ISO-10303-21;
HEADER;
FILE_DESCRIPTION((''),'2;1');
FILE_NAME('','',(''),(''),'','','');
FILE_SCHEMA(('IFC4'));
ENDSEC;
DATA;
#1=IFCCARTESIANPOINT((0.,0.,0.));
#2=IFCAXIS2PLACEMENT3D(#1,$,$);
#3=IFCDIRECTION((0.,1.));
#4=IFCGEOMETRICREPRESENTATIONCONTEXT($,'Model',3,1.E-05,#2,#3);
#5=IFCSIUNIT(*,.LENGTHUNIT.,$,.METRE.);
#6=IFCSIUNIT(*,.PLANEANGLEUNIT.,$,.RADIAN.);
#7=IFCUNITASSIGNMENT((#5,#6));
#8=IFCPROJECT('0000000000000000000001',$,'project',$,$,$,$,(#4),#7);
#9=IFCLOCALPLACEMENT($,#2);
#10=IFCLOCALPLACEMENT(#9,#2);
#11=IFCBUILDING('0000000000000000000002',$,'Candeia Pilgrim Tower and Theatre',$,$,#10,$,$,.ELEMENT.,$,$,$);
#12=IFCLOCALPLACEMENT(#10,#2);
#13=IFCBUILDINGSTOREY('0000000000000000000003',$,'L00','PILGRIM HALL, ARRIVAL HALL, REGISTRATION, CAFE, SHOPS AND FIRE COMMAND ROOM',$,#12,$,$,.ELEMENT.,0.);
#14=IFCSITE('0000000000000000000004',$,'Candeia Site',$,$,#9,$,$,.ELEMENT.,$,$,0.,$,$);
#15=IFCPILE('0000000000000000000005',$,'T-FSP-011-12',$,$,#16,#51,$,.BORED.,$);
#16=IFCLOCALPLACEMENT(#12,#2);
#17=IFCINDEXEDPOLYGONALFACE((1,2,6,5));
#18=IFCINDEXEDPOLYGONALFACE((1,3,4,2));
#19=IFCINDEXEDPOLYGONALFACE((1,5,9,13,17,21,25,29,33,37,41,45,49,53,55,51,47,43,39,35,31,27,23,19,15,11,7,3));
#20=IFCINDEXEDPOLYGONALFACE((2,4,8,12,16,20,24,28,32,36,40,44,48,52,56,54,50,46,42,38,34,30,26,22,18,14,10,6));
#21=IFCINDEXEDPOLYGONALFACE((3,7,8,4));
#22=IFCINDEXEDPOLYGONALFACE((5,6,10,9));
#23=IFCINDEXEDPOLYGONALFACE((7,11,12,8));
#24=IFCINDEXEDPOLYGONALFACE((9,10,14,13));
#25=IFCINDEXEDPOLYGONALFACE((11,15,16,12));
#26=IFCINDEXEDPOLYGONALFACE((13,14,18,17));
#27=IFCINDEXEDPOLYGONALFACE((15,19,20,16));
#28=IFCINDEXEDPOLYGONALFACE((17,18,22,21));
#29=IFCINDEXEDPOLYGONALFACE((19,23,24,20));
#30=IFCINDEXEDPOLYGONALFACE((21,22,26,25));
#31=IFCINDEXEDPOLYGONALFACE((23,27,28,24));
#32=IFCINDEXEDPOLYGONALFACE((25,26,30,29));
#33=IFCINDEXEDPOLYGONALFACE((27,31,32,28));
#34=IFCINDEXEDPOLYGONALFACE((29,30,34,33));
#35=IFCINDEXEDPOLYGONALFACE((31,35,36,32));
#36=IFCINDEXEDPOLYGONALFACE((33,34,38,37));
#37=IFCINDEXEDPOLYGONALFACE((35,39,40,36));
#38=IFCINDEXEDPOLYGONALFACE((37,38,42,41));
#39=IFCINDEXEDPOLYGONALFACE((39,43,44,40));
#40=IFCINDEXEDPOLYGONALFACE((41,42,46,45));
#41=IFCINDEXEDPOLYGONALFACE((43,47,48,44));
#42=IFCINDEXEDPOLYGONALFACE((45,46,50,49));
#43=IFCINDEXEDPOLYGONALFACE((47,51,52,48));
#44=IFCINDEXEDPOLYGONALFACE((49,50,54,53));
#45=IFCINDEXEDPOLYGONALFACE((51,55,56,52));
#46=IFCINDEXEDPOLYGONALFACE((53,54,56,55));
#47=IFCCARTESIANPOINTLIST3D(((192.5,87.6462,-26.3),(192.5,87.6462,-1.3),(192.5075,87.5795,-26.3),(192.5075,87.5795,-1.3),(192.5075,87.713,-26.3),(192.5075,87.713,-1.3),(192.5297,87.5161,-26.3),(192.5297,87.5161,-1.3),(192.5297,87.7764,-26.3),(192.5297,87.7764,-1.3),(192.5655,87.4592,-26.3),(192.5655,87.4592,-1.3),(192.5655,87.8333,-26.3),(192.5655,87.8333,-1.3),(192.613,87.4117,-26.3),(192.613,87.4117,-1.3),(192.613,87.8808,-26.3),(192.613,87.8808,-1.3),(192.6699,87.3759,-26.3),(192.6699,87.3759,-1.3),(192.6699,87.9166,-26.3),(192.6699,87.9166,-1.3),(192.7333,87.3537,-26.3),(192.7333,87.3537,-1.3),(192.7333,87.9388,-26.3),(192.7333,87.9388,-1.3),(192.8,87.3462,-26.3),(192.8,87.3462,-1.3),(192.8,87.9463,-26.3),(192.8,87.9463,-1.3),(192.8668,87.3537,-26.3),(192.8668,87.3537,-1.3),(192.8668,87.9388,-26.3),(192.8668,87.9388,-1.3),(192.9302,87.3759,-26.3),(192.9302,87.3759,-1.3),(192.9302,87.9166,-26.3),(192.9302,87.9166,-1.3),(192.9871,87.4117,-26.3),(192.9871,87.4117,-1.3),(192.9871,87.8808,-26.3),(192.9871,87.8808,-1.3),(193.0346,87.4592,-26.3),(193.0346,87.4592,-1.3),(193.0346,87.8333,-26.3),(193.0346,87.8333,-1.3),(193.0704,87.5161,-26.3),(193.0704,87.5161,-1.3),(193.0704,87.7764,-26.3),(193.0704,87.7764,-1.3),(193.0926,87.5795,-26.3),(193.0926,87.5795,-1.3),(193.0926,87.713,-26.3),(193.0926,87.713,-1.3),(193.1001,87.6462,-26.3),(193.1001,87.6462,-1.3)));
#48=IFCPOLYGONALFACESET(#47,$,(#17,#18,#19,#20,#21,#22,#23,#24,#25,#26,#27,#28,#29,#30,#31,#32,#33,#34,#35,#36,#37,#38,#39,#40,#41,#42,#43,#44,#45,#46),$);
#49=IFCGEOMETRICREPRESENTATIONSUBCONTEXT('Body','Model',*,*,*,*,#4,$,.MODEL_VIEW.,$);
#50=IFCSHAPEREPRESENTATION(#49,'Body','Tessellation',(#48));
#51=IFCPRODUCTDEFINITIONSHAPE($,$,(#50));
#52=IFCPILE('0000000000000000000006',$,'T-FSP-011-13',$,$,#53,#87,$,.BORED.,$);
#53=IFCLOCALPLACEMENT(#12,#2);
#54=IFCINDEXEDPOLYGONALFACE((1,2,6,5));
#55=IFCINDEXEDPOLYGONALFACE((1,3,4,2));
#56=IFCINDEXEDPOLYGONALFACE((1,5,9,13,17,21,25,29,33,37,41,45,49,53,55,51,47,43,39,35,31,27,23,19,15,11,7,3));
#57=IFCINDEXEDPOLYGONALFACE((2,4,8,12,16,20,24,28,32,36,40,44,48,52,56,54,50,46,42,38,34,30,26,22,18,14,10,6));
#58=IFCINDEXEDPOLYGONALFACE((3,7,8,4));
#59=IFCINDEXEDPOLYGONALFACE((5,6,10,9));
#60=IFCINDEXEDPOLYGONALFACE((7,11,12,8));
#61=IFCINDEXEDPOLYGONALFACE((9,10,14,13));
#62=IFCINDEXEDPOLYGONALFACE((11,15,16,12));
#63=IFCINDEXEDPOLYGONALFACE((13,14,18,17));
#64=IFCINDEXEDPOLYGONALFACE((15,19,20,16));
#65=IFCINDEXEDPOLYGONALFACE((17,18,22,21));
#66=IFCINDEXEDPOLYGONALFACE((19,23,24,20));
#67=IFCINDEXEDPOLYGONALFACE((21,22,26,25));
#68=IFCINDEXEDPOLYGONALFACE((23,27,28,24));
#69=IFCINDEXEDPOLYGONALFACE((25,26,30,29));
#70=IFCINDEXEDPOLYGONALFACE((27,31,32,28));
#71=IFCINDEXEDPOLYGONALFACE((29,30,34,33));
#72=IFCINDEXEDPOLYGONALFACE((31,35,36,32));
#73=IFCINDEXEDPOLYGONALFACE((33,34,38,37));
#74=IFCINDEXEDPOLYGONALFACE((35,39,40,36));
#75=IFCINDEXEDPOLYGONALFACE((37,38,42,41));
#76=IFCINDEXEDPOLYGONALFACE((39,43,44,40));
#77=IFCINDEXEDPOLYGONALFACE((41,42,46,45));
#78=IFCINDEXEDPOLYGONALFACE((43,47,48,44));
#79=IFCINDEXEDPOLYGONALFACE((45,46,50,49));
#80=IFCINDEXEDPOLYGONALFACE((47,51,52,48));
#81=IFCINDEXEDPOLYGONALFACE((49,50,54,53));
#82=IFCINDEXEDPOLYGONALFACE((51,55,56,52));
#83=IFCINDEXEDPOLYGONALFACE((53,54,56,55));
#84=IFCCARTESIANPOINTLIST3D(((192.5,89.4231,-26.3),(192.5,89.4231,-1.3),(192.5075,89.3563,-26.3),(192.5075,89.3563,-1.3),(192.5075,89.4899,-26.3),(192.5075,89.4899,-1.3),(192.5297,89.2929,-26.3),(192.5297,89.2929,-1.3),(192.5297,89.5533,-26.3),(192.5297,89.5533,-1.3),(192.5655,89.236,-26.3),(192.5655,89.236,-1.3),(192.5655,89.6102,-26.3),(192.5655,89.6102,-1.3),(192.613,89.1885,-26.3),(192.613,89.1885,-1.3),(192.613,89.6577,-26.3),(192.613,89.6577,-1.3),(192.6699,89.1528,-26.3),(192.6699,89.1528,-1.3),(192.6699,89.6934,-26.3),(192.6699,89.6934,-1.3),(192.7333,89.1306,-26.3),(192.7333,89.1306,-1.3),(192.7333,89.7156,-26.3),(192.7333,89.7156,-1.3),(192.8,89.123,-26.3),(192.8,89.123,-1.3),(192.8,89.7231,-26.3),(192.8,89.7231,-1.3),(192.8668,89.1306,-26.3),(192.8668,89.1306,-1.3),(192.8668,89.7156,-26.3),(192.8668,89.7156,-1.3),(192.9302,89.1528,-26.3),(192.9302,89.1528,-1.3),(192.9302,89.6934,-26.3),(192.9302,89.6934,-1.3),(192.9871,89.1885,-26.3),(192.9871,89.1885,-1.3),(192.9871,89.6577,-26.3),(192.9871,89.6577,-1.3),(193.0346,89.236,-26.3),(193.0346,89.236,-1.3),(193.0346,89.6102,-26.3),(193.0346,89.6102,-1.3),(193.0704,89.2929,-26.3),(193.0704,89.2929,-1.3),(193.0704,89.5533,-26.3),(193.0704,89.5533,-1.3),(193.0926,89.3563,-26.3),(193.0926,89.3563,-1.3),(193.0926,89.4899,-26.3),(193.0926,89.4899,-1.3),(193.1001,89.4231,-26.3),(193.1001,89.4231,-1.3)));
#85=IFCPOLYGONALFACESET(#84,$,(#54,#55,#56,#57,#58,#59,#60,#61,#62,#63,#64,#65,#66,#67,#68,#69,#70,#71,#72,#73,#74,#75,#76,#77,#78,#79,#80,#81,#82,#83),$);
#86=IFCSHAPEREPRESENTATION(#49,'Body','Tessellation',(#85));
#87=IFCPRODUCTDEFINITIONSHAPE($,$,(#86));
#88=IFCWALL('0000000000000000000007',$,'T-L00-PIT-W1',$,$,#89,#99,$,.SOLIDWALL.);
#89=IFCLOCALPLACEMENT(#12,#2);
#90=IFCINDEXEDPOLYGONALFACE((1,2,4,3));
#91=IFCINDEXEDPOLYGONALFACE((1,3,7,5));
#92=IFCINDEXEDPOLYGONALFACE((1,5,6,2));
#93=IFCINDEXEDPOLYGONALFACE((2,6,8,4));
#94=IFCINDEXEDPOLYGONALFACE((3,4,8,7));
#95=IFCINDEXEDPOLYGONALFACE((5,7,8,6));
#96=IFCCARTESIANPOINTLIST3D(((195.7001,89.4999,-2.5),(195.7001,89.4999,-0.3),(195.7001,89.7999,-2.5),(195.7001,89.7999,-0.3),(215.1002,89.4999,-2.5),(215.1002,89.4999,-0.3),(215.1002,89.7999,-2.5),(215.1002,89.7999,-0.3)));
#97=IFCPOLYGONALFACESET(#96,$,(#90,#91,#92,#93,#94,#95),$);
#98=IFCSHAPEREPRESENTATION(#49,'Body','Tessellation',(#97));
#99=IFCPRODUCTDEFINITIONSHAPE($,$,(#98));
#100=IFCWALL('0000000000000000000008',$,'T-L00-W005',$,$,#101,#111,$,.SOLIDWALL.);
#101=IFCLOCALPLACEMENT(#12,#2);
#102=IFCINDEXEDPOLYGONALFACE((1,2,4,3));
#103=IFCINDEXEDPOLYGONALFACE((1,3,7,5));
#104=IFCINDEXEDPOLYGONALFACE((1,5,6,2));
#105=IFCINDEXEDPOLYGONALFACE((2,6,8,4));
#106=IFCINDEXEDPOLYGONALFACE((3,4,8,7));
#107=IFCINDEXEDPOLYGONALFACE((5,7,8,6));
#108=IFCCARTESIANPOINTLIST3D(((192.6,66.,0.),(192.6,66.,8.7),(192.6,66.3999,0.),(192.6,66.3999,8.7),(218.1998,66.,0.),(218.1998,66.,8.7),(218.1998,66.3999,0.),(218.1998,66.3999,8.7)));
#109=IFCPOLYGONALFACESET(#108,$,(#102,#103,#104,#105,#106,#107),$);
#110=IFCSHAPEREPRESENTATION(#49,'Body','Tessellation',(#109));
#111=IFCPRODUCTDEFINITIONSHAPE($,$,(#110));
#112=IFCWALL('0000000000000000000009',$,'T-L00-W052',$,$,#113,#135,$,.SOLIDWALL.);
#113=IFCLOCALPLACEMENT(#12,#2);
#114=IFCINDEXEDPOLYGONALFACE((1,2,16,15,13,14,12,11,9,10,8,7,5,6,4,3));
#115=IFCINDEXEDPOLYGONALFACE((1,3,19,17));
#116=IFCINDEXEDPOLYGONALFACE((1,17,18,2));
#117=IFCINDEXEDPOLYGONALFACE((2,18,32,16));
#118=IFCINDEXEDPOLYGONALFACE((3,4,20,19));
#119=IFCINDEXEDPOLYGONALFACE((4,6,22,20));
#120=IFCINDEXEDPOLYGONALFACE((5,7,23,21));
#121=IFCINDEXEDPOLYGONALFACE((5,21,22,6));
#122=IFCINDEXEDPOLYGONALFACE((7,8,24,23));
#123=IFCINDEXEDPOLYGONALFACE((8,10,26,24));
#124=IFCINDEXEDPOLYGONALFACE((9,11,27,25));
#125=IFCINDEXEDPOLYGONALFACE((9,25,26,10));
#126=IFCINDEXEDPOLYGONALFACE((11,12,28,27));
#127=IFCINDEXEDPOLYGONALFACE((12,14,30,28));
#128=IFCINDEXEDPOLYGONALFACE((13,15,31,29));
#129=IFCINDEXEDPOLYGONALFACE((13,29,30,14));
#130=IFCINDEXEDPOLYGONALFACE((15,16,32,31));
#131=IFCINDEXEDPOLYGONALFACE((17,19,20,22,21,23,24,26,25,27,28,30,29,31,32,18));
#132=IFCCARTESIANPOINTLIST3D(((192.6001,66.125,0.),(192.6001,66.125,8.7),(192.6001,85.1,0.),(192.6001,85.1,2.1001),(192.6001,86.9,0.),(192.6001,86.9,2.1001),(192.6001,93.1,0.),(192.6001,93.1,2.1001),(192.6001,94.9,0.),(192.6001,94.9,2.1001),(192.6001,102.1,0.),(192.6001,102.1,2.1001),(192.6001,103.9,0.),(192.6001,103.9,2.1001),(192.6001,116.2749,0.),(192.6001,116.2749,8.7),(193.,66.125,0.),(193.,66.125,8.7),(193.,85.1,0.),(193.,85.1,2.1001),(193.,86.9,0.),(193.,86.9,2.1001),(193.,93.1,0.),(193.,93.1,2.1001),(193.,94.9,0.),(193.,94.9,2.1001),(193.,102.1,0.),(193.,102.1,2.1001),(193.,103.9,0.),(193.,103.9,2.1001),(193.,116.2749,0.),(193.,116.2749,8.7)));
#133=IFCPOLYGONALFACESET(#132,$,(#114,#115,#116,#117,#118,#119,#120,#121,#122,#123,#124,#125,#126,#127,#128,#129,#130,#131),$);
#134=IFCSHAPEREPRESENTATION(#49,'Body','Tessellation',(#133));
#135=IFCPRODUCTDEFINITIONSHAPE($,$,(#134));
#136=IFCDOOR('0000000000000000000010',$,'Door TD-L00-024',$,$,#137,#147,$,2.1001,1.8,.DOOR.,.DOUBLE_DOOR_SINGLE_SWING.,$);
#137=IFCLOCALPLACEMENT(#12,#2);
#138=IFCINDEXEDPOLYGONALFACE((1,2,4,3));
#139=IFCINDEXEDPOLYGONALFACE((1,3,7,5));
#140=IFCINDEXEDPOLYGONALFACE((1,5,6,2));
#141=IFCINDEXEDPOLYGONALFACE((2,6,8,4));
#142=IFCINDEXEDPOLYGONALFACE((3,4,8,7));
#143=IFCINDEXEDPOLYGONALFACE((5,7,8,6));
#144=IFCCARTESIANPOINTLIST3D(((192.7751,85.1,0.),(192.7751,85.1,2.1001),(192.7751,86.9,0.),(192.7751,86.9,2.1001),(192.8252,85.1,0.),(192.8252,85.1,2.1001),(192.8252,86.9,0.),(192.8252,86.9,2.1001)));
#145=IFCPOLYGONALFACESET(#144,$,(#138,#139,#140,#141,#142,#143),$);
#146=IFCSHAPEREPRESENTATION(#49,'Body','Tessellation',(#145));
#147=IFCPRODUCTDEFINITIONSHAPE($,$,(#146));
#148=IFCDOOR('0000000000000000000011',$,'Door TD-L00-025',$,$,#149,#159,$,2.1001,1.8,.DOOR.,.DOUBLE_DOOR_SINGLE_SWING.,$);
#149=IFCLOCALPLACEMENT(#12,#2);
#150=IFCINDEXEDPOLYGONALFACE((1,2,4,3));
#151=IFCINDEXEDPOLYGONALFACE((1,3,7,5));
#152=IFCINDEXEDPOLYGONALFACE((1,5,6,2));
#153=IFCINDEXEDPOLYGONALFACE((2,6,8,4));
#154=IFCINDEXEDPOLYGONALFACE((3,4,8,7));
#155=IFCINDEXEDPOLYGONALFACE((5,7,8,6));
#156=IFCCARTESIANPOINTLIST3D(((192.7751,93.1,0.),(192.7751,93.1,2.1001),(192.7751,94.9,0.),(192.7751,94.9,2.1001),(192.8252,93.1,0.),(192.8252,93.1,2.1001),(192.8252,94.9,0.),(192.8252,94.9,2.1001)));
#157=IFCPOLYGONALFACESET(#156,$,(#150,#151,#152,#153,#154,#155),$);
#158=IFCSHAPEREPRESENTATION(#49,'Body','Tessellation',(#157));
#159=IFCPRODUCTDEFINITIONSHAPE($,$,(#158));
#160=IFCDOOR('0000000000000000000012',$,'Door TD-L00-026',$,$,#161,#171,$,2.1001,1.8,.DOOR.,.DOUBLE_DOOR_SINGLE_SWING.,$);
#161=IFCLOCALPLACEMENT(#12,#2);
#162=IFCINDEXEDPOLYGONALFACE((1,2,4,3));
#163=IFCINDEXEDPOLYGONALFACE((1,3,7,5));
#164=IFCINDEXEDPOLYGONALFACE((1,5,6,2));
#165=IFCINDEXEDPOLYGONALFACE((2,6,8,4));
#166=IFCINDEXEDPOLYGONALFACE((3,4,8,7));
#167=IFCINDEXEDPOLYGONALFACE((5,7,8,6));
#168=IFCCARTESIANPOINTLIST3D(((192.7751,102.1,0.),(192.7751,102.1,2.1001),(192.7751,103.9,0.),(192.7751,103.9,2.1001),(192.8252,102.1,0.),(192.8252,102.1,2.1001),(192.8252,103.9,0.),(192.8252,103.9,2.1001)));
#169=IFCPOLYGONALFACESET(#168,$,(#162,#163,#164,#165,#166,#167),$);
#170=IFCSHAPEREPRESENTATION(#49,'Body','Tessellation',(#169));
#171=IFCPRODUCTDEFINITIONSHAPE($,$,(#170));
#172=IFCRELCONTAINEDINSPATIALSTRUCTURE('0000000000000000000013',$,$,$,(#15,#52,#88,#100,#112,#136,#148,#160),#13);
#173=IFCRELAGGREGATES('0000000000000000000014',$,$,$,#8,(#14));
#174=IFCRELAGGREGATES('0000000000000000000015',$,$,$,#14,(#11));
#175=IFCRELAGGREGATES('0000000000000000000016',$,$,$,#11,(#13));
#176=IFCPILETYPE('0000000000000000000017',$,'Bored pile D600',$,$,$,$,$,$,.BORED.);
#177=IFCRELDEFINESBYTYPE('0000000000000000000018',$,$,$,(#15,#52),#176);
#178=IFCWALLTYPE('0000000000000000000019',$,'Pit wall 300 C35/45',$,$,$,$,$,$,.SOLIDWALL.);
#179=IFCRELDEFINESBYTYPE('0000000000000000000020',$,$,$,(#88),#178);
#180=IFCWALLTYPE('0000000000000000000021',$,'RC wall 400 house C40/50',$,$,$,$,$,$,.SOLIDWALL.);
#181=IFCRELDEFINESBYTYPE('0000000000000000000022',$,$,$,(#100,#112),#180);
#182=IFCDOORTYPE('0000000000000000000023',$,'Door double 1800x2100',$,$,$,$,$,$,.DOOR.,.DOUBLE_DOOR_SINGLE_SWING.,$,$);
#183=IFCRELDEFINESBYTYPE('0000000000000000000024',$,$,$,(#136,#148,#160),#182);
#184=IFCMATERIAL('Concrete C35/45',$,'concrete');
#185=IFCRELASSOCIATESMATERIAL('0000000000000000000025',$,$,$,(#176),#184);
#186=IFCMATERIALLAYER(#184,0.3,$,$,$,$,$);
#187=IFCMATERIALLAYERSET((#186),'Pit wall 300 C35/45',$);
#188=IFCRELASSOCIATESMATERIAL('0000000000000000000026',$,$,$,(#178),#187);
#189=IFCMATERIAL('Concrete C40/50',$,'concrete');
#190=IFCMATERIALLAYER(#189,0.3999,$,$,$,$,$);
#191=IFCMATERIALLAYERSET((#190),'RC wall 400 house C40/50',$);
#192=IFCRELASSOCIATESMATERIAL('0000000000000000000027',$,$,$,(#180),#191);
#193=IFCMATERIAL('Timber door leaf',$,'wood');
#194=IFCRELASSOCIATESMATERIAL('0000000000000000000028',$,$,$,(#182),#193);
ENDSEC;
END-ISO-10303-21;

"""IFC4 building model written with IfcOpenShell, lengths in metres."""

from ifc_helpers import new_model, si_unit, direction, frame, frame_2d, origin, origin_2d, place, context, subcontext, project, spatial, rectangle, circle, extrude, material, layer, layer_set, type_object, element, fill, save


model = new_model("IFC4")

# Units and contexts
model_context = context("Model", 3, precision=1e-05, world=origin(), true_north=direction((0.0, 1.0)))
body_context = subcontext(model_context, "Body", "Model", "MODEL_VIEW")
ifc_project = project(units=[si_unit("LENGTHUNIT", "METRE"), si_unit("PLANEANGLEUNIT", "RADIAN")], contexts=[model_context])

# Site, building, storey
site_placement = place(None, origin())
site = spatial("IfcSite", under=ifc_project, at=site_placement, Name="Candeia Site", CompositionType="ELEMENT", RefElevation=0.0)
building_placement = place(site_placement, origin())
building = spatial("IfcBuilding", under=site, at=building_placement, Name="Candeia Pilgrim Tower and Theatre", CompositionType="ELEMENT")
storey_placement = place(building_placement, origin())
storey = spatial("IfcBuildingStorey", under=building, at=storey_placement, Name="L00", Description="PILGRIM HALL, ARRIVAL HALL, REGISTRATION, CAFE, SHOPS AND FIRE COMMAND ROOM", CompositionType="ELEMENT", Elevation=0.0)

# Piles
ifc_material_1 = material(Name="Concrete C35/45", Category="concrete")
pile_type = type_object("IfcPileType", Name="Bored pile D600", PredefinedType="BORED", material=ifc_material_1)
for number, where, z_axis, x_axis, name in (
    (1, (192.8, 87.6462, -1.3), (0.0, 0.0, -1.0), (1.0, 0.0, 0.0), "T-FSP-011-12"),
    (2, (192.8, 89.4231, -1.3), (0.0, 0.0, -1.0), (1.0, 0.0, 0.0), "T-FSP-011-13"),
):
    element("IfcPile", number, at=place(storey_placement, frame(where, z_axis=z_axis, x_axis=x_axis)), inside=storey, type_object=pile_type, Name=name, PredefinedType="BORED", context=body_context, shape_type="SweptSolid", body=[
        extrude(circle(Radius=0.3, at=origin_2d()), origin(), (0.0, 0.0, 1.0), 25.0),
    ])

# Walls
ifc_layer_1 = layer(ifc_material_1, 0.3)
ifc_layer_set_1 = layer_set([ifc_layer_1], Name="Pit wall 300 C35/45")
wall_type_1 = type_object("IfcWallType", Name="Pit wall 300 C35/45", PredefinedType="SOLIDWALL", material=ifc_layer_set_1)
wall_1_placement = place(storey_placement, frame((195.7, 89.6499, -2.5), z_axis=(0.0, 0.0, 1.0), x_axis=(1.0, 0.0, 0.0)))
element("IfcWall", 3, at=wall_1_placement, inside=storey, type_object=wall_type_1, Name="T-L00-PIT-W1", PredefinedType="SOLIDWALL", context=body_context, shape_type="SweptSolid", body=[
    extrude(rectangle(XDim=19.4001, YDim=0.3, at=frame_2d((9.7002, 0.0))), origin(), (0.0, 0.0, 1.0), 2.2),
])
ifc_material_2 = material(Name="Concrete C40/50", Category="concrete")
ifc_layer_2 = layer(ifc_material_2, 0.3999)
ifc_layer_set_2 = layer_set([ifc_layer_2], Name="RC wall 400 house C40/50")
wall_type_2 = type_object("IfcWallType", Name="RC wall 400 house C40/50", PredefinedType="SOLIDWALL", material=ifc_layer_set_2)
wall_2_placement = place(storey_placement, frame((192.6001, 66.2, 0.0), z_axis=(0.0, 0.0, 1.0), x_axis=(1.0, 0.0, 0.0)))
element("IfcWall", 4, at=wall_2_placement, inside=storey, type_object=wall_type_2, Name="T-L00-W005", PredefinedType="SOLIDWALL", context=body_context, shape_type="SweptSolid", body=[
    extrude(rectangle(XDim=25.5999, YDim=0.3999, at=frame_2d((12.7998, 0.0))), origin(), (0.0, 0.0, 1.0), 8.7),
])

# Wall, openings, doors
wall_3_placement = place(storey_placement, frame((192.8, 66.125, 0.0), z_axis=(0.0, 0.0, 1.0), x_axis=(0.0, 1.0, 0.0)))
wall_3 = element("IfcWall", 5, at=wall_3_placement, inside=storey, type_object=wall_type_2, Name="T-L00-W052", PredefinedType="SOLIDWALL", context=body_context, shape_type="SweptSolid", body=[
    extrude(rectangle(XDim=50.1499, YDim=0.3999, at=frame_2d((25.075, 0.0))), origin(), (0.0, 0.0, 1.0), 8.7),
])
opening_1_placement = place(wall_3_placement, frame((18.9751, 0.0, 0.0)))
opening_1 = element("IfcOpeningElement", 6, at=opening_1_placement, cuts=wall_3, PredefinedType="OPENING", context=body_context, shape_type="SweptSolid", body=[
    extrude(rectangle(XDim=1.8, YDim=2.1001, at=frame_2d((0.8999, 1.05))), frame((0.0, 0.21, 0.0), z_axis=(0.0, -1.0, 0.0), x_axis=(1.0, 0.0, 0.0)), (0.0, 0.0, 1.0), 0.4199),
])
opening_2_placement = place(wall_3_placement, frame((26.9751, 0.0, 0.0)))
opening_2 = element("IfcOpeningElement", 7, at=opening_2_placement, cuts=wall_3, PredefinedType="OPENING", context=body_context, shape_type="SweptSolid", body=[
    extrude(rectangle(XDim=1.8, YDim=2.1001, at=frame_2d((0.8999, 1.05))), frame((0.0, 0.21, 0.0), z_axis=(0.0, -1.0, 0.0), x_axis=(1.0, 0.0, 0.0)), (0.0, 0.0, 1.0), 0.4199),
])
opening_3_placement = place(wall_3_placement, frame((35.9751, 0.0, 0.0)))
opening_3 = element("IfcOpeningElement", 8, at=opening_3_placement, cuts=wall_3, PredefinedType="OPENING", context=body_context, shape_type="SweptSolid", body=[
    extrude(rectangle(XDim=1.8, YDim=2.1001, at=frame_2d((0.8999, 1.05))), frame((0.0, 0.21, 0.0), z_axis=(0.0, -1.0, 0.0), x_axis=(1.0, 0.0, 0.0)), (0.0, 0.0, 1.0), 0.4199),
])
ifc_material_3 = material(Name="Timber door leaf", Category="wood")
door_type = type_object("IfcDoorType", Name="Door double 1800x2100", OperationType="DOUBLE_DOOR_SINGLE_SWING", PredefinedType="DOOR", material=ifc_material_3)
door_1_placement = place(opening_1_placement, origin())
door_1 = element("IfcDoor", 9, at=door_1_placement, inside=storey, type_object=door_type, Name="Door TD-L00-024", OperationType="DOUBLE_DOOR_SINGLE_SWING", OverallHeight=2.1001, OverallWidth=1.8, PredefinedType="DOOR", context=body_context, shape_type="SweptSolid", body=[
    extrude(rectangle(XDim=1.8, YDim=2.1001, at=frame_2d((0.8999, 1.05))), frame((0.0, 0.0249, 0.0), z_axis=(0.0, -1.0, 0.0), x_axis=(1.0, 0.0, 0.0)), (0.0, 0.0, 1.0), 0.05),
])
fill(opening_1, door_1)
door_2_placement = place(opening_2_placement, origin())
door_2 = element("IfcDoor", 10, at=door_2_placement, inside=storey, type_object=door_type, Name="Door TD-L00-025", OperationType="DOUBLE_DOOR_SINGLE_SWING", OverallHeight=2.1001, OverallWidth=1.8, PredefinedType="DOOR", context=body_context, shape_type="SweptSolid", body=[
    extrude(rectangle(XDim=1.8, YDim=2.1001, at=frame_2d((0.8999, 1.05))), frame((0.0, 0.0249, 0.0), z_axis=(0.0, -1.0, 0.0), x_axis=(1.0, 0.0, 0.0)), (0.0, 0.0, 1.0), 0.05),
])
fill(opening_2, door_2)
door_3_placement = place(opening_3_placement, origin())
door_3 = element("IfcDoor", 11, at=door_3_placement, inside=storey, type_object=door_type, Name="Door TD-L00-026", OperationType="DOUBLE_DOOR_SINGLE_SWING", OverallHeight=2.1001, OverallWidth=1.8, PredefinedType="DOOR", context=body_context, shape_type="SweptSolid", body=[
    extrude(rectangle(XDim=1.8, YDim=2.1001, at=frame_2d((0.8999, 1.05))), frame((0.0, 0.0249, 0.0), z_axis=(0.0, -1.0, 0.0), x_axis=(1.0, 0.0, 0.0)), (0.0, 0.0, 1.0), 0.05),
])
fill(opening_3, door_3)

save(model, "model.ifc")
